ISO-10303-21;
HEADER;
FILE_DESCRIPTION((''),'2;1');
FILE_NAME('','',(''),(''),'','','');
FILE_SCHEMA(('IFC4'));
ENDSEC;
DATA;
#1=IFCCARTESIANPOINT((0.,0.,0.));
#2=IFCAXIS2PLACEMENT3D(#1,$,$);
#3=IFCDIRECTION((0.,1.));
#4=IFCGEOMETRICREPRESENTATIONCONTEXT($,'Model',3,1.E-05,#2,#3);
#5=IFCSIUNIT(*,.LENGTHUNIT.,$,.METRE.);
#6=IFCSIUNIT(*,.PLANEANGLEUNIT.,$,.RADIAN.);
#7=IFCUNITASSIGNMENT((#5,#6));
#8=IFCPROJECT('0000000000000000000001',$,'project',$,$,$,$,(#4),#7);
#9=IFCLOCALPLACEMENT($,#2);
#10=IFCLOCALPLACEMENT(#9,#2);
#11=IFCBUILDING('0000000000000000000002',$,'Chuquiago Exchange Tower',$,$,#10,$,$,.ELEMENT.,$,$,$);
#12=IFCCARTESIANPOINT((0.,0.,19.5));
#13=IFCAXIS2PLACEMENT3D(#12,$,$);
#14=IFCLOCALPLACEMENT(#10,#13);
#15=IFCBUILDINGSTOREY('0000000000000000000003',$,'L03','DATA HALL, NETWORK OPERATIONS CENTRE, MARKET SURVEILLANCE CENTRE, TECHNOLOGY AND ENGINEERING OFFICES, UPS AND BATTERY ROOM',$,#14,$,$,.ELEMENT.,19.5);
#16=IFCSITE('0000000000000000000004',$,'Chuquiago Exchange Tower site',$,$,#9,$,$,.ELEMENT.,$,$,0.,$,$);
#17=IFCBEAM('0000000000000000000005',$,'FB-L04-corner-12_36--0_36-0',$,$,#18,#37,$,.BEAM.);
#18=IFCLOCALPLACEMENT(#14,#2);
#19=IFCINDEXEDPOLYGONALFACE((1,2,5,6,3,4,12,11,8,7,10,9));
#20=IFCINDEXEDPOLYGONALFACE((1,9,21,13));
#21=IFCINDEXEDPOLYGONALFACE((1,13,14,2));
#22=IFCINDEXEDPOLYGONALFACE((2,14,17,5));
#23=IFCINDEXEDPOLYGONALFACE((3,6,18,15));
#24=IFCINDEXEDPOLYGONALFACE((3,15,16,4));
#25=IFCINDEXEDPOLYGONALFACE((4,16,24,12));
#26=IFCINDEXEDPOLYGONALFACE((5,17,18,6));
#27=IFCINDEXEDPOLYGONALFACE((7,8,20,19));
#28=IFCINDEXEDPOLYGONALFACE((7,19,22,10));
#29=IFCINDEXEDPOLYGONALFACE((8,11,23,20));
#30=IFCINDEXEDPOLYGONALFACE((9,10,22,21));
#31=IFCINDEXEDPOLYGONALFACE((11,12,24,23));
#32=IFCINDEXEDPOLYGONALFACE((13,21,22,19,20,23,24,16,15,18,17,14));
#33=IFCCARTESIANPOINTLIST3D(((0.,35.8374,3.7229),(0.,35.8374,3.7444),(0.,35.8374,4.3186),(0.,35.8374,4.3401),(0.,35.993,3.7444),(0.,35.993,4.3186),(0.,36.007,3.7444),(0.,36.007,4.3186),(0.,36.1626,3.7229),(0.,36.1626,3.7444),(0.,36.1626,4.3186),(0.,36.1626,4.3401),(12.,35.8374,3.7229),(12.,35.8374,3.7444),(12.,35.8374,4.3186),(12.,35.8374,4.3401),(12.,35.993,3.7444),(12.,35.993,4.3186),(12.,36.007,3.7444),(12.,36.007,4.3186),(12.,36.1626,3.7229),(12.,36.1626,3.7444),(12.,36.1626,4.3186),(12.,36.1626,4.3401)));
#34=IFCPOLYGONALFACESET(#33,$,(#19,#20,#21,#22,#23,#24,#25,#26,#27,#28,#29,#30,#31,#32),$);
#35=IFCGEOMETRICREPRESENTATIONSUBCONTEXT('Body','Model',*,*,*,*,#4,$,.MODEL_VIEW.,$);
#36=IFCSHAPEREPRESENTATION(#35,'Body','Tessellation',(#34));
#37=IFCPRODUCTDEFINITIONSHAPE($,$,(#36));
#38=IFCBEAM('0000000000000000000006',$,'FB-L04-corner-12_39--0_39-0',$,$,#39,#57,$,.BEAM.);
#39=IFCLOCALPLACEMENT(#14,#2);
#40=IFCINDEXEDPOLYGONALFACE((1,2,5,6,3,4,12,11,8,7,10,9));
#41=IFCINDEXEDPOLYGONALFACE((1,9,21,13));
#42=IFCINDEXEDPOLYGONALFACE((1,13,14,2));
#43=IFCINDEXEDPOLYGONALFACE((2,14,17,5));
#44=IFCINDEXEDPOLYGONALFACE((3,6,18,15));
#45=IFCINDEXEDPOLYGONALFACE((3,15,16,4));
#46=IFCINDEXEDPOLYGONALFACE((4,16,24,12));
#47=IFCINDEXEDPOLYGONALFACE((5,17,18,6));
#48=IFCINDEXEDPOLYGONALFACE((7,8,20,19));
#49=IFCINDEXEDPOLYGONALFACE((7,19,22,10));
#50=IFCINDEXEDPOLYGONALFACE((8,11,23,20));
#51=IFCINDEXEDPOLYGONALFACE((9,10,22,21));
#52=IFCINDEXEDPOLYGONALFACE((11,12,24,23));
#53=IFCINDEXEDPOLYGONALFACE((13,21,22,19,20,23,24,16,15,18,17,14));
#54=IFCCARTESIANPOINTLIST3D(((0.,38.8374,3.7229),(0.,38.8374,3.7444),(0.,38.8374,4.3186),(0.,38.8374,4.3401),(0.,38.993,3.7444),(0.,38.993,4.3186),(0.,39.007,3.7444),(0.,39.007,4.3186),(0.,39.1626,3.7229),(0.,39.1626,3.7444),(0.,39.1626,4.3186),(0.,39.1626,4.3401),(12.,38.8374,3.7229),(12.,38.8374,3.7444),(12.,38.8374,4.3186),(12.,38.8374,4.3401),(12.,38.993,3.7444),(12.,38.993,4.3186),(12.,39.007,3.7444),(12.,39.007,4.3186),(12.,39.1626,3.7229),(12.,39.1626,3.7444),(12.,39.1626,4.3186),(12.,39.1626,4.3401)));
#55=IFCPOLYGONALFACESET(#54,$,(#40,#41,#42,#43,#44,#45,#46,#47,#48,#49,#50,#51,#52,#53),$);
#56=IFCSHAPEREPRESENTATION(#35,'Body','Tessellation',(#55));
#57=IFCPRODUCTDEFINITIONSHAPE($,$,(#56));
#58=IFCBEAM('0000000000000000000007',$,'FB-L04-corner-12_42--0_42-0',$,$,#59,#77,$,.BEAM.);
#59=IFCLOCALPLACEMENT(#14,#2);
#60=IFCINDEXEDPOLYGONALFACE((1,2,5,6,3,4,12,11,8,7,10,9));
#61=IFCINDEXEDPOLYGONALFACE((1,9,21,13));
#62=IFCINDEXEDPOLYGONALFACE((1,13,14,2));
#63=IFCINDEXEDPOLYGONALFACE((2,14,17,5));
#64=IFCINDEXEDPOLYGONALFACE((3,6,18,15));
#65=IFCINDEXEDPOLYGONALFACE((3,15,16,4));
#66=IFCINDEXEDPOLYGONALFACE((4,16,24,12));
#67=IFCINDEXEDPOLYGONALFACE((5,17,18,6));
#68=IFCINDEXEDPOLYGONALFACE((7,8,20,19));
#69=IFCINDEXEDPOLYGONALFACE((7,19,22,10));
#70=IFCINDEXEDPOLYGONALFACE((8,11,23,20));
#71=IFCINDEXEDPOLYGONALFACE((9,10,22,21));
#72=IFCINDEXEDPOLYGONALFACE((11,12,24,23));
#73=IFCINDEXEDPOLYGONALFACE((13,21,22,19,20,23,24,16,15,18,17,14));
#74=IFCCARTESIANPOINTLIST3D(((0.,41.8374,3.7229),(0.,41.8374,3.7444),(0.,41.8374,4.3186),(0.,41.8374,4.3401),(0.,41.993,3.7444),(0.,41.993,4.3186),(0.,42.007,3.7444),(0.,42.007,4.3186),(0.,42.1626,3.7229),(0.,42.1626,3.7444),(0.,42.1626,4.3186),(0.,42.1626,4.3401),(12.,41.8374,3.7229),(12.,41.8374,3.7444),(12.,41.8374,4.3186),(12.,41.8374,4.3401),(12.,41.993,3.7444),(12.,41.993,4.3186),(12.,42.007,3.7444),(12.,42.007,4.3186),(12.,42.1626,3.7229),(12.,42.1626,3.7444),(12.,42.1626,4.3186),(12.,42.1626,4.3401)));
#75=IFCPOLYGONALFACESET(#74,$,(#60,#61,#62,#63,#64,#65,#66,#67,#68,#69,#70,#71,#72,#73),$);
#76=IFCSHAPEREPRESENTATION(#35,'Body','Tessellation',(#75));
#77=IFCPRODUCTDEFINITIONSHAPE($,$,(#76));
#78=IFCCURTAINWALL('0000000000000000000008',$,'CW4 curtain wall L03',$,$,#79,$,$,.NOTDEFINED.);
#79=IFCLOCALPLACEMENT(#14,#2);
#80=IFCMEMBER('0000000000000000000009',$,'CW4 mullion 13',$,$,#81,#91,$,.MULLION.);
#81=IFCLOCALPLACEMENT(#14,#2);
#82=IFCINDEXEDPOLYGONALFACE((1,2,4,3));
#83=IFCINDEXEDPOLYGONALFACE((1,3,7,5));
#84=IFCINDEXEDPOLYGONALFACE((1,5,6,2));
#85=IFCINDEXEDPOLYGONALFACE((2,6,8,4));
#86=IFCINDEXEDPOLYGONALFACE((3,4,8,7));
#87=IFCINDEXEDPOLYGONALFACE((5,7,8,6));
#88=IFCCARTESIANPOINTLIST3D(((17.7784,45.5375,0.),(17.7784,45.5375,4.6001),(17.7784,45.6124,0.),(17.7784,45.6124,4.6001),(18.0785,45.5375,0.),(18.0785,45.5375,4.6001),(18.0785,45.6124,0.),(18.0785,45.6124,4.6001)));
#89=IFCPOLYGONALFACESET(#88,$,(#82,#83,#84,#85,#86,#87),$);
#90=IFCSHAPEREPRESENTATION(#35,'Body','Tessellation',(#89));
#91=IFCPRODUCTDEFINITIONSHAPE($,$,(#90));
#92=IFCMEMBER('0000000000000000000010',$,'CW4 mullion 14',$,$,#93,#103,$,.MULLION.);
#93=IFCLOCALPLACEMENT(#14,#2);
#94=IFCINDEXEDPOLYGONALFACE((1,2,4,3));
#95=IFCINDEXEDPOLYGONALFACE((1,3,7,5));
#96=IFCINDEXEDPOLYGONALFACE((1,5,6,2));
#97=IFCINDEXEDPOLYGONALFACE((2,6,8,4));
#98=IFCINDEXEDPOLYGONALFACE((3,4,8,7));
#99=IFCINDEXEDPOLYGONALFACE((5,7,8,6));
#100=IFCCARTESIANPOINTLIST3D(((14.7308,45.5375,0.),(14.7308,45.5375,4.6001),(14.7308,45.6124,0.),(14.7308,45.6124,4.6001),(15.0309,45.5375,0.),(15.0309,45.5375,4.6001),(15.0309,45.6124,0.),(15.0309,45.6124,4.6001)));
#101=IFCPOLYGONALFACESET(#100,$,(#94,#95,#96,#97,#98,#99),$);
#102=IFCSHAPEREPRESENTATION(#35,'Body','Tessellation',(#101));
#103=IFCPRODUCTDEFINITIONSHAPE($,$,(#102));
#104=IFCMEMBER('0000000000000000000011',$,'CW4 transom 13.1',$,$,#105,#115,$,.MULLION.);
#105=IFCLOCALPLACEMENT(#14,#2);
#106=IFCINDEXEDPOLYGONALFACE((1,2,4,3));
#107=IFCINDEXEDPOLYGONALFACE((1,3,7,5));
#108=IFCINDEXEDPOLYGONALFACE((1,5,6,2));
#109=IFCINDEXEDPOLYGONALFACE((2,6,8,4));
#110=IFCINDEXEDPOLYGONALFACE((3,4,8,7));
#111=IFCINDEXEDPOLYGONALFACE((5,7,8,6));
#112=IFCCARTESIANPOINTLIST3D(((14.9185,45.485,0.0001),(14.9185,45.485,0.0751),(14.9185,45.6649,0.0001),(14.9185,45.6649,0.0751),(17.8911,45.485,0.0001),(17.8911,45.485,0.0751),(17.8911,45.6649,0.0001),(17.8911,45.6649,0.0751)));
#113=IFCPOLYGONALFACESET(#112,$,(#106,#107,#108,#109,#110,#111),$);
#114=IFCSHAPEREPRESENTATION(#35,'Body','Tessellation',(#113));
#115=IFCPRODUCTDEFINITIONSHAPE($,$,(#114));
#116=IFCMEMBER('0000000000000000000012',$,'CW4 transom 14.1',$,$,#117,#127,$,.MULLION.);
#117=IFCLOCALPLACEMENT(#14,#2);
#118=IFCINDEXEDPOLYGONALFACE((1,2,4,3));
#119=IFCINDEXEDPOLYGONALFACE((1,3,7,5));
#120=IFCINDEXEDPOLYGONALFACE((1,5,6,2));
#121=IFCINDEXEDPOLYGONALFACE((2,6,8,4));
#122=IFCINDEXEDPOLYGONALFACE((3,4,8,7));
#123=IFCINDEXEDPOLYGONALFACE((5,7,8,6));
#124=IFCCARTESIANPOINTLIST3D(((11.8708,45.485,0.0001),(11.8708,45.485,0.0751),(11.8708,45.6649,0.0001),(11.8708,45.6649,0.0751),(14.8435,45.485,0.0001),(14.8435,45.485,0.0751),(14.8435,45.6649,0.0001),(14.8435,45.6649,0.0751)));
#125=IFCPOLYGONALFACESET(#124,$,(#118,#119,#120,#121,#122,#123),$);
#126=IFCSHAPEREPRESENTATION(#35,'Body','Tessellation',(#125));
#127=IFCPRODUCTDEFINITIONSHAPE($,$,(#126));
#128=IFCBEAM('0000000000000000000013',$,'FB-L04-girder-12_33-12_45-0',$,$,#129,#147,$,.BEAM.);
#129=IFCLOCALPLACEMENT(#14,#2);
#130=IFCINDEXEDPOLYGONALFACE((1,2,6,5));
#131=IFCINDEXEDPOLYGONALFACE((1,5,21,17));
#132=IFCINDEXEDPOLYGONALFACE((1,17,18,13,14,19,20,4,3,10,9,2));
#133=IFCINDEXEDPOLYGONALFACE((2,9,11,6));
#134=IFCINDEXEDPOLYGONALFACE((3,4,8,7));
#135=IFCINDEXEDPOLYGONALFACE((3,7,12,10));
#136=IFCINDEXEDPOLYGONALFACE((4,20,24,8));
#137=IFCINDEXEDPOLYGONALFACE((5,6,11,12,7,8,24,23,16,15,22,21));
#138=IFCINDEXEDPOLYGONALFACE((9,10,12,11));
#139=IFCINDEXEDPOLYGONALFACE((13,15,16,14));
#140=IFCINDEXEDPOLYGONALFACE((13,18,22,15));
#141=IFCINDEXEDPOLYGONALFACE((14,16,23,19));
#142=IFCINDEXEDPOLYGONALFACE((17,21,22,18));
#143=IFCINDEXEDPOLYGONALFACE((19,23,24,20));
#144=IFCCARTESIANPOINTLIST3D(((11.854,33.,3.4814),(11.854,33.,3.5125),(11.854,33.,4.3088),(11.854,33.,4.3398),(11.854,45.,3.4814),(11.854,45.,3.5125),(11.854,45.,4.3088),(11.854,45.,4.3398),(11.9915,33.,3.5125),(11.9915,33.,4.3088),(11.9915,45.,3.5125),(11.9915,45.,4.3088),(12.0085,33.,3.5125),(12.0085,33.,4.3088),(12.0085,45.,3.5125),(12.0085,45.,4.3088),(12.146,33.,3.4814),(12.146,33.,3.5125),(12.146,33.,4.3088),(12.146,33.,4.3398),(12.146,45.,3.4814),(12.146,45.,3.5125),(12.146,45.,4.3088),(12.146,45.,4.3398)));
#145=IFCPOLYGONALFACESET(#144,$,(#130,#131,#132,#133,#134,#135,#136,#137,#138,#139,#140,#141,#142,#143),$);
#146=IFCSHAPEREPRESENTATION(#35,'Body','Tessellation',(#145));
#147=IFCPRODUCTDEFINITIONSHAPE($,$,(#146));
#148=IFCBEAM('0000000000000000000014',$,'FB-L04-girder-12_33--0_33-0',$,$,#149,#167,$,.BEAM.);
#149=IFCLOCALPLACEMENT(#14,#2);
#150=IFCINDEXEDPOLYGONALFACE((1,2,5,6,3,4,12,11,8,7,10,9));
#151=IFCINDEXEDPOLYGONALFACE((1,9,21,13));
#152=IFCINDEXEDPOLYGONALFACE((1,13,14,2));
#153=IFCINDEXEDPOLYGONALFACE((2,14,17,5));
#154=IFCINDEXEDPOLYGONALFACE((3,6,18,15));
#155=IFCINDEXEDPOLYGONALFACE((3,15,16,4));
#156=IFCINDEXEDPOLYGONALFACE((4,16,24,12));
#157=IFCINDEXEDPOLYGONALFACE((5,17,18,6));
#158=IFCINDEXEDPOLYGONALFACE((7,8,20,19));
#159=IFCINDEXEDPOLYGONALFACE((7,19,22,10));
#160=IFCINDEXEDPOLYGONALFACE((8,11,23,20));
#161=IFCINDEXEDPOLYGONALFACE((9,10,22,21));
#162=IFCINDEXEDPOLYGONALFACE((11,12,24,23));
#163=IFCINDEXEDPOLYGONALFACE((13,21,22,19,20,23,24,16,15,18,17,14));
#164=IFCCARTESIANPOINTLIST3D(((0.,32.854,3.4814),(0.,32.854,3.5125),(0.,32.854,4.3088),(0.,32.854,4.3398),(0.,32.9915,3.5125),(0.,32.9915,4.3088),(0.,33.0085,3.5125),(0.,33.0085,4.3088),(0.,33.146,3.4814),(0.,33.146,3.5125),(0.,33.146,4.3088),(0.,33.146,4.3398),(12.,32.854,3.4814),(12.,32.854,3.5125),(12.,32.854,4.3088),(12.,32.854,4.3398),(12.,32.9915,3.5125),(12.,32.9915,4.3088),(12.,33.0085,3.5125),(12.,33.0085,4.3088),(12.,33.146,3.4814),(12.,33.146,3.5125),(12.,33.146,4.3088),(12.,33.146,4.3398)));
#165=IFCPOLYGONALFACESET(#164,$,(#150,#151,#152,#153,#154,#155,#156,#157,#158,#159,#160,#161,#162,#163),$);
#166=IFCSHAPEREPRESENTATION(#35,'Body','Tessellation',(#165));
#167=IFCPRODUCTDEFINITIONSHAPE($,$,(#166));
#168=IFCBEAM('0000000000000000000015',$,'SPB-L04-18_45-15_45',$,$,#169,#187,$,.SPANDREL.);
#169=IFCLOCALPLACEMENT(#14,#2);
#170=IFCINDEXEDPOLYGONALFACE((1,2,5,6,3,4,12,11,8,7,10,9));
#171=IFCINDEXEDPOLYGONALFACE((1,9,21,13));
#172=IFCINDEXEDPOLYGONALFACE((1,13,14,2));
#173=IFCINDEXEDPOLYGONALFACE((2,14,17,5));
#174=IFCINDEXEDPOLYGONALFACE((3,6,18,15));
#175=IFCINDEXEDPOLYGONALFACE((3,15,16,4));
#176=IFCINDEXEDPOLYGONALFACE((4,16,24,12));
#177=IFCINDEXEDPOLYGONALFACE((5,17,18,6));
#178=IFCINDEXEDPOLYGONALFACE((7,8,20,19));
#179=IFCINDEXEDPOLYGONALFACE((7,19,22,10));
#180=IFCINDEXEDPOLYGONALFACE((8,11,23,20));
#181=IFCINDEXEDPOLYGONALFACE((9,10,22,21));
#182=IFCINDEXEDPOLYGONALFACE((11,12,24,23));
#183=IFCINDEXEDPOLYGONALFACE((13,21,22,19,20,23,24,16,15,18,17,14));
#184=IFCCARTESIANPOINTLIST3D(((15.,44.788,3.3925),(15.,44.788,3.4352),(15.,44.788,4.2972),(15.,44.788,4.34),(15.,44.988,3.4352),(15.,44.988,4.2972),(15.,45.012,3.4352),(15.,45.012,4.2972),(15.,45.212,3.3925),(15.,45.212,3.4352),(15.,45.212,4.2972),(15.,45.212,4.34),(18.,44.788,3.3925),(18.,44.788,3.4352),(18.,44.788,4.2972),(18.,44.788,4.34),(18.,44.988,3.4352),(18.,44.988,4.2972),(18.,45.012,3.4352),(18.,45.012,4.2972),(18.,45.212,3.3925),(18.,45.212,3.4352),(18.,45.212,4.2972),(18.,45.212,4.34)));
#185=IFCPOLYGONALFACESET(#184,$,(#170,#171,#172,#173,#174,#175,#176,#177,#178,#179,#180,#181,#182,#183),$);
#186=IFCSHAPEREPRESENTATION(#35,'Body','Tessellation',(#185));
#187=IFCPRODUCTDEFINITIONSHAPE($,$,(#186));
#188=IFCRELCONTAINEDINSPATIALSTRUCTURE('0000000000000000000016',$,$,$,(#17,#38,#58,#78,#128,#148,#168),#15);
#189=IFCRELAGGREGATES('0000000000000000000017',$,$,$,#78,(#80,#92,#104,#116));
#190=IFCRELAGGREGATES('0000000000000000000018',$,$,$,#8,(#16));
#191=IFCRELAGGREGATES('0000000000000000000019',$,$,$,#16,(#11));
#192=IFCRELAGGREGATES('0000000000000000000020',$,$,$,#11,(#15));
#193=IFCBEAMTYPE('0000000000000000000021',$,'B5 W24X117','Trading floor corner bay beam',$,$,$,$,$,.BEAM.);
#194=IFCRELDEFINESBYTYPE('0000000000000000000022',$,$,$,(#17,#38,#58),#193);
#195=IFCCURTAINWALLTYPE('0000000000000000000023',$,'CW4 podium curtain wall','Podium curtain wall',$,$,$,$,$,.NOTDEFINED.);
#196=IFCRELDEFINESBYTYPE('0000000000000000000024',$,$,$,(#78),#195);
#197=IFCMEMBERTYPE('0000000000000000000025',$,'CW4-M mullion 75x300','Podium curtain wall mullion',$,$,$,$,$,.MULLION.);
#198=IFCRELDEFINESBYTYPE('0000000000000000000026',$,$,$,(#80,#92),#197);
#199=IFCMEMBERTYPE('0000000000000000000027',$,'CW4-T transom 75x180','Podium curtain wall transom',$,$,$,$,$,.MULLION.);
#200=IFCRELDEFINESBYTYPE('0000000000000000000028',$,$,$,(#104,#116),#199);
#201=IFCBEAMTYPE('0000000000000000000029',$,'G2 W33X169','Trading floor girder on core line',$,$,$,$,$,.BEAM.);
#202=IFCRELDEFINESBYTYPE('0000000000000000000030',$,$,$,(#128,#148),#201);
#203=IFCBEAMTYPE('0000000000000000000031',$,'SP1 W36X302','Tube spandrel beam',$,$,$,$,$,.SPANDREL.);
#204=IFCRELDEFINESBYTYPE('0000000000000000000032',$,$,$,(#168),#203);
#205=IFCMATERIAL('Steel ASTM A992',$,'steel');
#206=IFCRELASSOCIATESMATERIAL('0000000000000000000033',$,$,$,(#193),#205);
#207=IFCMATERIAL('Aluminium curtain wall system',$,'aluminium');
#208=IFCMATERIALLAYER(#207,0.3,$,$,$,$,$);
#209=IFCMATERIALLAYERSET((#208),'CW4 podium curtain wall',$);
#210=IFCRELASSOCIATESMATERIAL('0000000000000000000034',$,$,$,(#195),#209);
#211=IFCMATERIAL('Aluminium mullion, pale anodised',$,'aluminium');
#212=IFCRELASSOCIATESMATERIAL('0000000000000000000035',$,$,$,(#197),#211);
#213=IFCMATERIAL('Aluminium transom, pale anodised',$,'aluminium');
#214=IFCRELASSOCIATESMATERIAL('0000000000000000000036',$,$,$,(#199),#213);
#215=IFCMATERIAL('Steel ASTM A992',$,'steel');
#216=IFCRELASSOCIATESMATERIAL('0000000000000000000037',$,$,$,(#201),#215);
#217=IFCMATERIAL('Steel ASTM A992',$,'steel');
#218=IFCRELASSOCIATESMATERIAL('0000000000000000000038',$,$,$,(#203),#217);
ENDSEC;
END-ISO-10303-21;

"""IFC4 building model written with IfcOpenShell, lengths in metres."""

from ifc_helpers import new_model, si_unit, direction, frame, origin, origin_2d, place, context, subcontext, project, spatial, rectangle, i_section, extrude, material, layer, layer_set, material_profile, profile_set, type_object, element, aggregate, save


model = new_model("IFC4")

# Units and contexts
model_context = context("Model", 3, precision=1e-05, world=origin(), true_north=direction((0.0, 1.0)))
body_context = subcontext(model_context, "Body", "Model", "MODEL_VIEW")
ifc_project = project(units=[si_unit("LENGTHUNIT", "METRE"), si_unit("PLANEANGLEUNIT", "RADIAN")], contexts=[model_context])

# Site, building, storey
site_placement = place(None, origin())
site = spatial("IfcSite", under=ifc_project, at=site_placement, Name="Chuquiago Exchange Tower site", CompositionType="ELEMENT", RefElevation=0.0)
building_placement = place(site_placement, origin())
building = spatial("IfcBuilding", under=site, at=building_placement, Name="Chuquiago Exchange Tower", CompositionType="ELEMENT")
storey_placement = place(building_placement, frame((0.0, 0.0, 19.5)))
storey = spatial("IfcBuildingStorey", under=building, at=storey_placement, Name="L03", Description="DATA HALL, NETWORK OPERATIONS CENTRE, MARKET SURVEILLANCE CENTRE, TECHNOLOGY AND ENGINEERING OFFICES, UPS AND BATTERY ROOM", CompositionType="ELEMENT", Elevation=19.5)

# Beams
ifc_material_1 = material(Name="Steel ASTM A992", Category="steel")
ifc_material_profile_1 = material_profile(ifc_material_1, i_section(OverallWidth=0.3252, OverallDepth=0.6172, WebThickness=0.0139, FlangeThickness=0.0215, at=origin_2d()), Name="W24X117")
ifc_profile_set_1 = profile_set([ifc_material_profile_1], Name="Steel ASTM A992")
beam_type_1 = type_object("IfcBeamType", Name="B5 W24X117", Description="Trading floor corner bay beam", PredefinedType="BEAM", material=ifc_profile_set_1)
for number, where, z_axis, x_axis, name in (
    (1, (12.0, 36.0, 4.0315), (-1.0, 0.0, 0.0), (0.0, -1.0, 0.0), "FB-L04-corner-12_36--0_36-0"),
    (2, (12.0, 39.0, 4.0315), (-1.0, 0.0, 0.0), (0.0, -1.0, 0.0), "FB-L04-corner-12_39--0_39-0"),
    (3, (12.0, 42.0, 4.0315), (-1.0, 0.0, 0.0), (0.0, -1.0, 0.0), "FB-L04-corner-12_42--0_42-0"),
):
    element("IfcBeam", number, at=place(storey_placement, frame(where, z_axis=z_axis, x_axis=x_axis)), inside=storey, type_object=beam_type_1, Name=name, PredefinedType="BEAM", context=body_context, shape_type="SweptSolid", body=[
        extrude(i_section(OverallWidth=0.3252, OverallDepth=0.6172, WebThickness=0.0139, FlangeThickness=0.0215, at=origin_2d()), origin(), (0.0, 0.0, 1.0), 12.0),
    ])

# Curtain wall, members
ifc_material_2 = material(Name="Aluminium curtain wall system", Category="aluminium")
ifc_layer_1 = layer(ifc_material_2, 0.3)
ifc_layer_set_1 = layer_set([ifc_layer_1], Name="CW4 podium curtain wall")
curtain_wall_type = type_object("IfcCurtainWallType", Name="CW4 podium curtain wall", Description="Podium curtain wall", PredefinedType="NOTDEFINED", material=ifc_layer_set_1)
curtain_wall_placement = place(storey_placement, origin())
curtain_wall = element("IfcCurtainWall", 4, at=curtain_wall_placement, inside=storey, type_object=curtain_wall_type, Name="CW4 curtain wall L03", PredefinedType="NOTDEFINED")
ifc_material_3 = material(Name="Aluminium mullion, pale anodised", Category="aluminium")
ifc_material_profile_2 = material_profile(ifc_material_3, rectangle(XDim=0.075, YDim=0.3, at=origin_2d()), Name="AL 75x300")
ifc_profile_set_2 = profile_set([ifc_material_profile_2], Name="Aluminium mullion, pale anodised")
member_type_1 = type_object("IfcMemberType", Name="CW4-M mullion 75x300", Description="Podium curtain wall mullion", PredefinedType="MULLION", material=ifc_profile_set_2)
member_1_placement = place(storey_placement, frame((17.9285, 45.575, 0.0), z_axis=(0.0, 0.0, 1.0), x_axis=(0.0, -1.0, 0.0)))
member_1 = element("IfcMember", 5, at=member_1_placement, type_object=member_type_1, Name="CW4 mullion 13", PredefinedType="MULLION", context=body_context, shape_type="SweptSolid", body=[
    extrude(rectangle(XDim=0.075, YDim=0.3, at=origin_2d()), origin(), (0.0, 0.0, 1.0), 4.6001),
])
member_2_placement = place(storey_placement, frame((14.8809, 45.575, 0.0), z_axis=(0.0, 0.0, 1.0), x_axis=(0.0, -1.0, 0.0)))
member_2 = element("IfcMember", 6, at=member_2_placement, type_object=member_type_1, Name="CW4 mullion 14", PredefinedType="MULLION", context=body_context, shape_type="SweptSolid", body=[
    extrude(rectangle(XDim=0.075, YDim=0.3, at=origin_2d()), origin(), (0.0, 0.0, 1.0), 4.6001),
])
ifc_material_4 = material(Name="Aluminium transom, pale anodised", Category="aluminium")
ifc_material_profile_3 = material_profile(ifc_material_4, rectangle(XDim=0.1799, YDim=0.075, at=origin_2d()), Name="AL 180x75")
ifc_profile_set_3 = profile_set([ifc_material_profile_3], Name="Aluminium transom, pale anodised")
member_type_2 = type_object("IfcMemberType", Name="CW4-T transom 75x180", Description="Podium curtain wall transom", PredefinedType="MULLION", material=ifc_profile_set_3)
member_3_placement = place(storey_placement, frame((17.8911, 45.575, 0.0376), z_axis=(-1.0, 0.0, 0.0), x_axis=(0.0, -1.0, 0.0)))
member_3 = element("IfcMember", 7, at=member_3_placement, type_object=member_type_2, Name="CW4 transom 13.1", PredefinedType="MULLION", context=body_context, shape_type="SweptSolid", body=[
    extrude(rectangle(XDim=0.1799, YDim=0.075, at=origin_2d()), origin(), (0.0, 0.0, 1.0), 2.9727),
])
member_4_placement = place(storey_placement, frame((14.8435, 45.575, 0.0376), z_axis=(-1.0, 0.0, 0.0), x_axis=(0.0, -1.0, 0.0)))
member_4 = element("IfcMember", 8, at=member_4_placement, type_object=member_type_2, Name="CW4 transom 14.1", PredefinedType="MULLION", context=body_context, shape_type="SweptSolid", body=[
    extrude(rectangle(XDim=0.1799, YDim=0.075, at=origin_2d()), origin(), (0.0, 0.0, 1.0), 2.9727),
])

# Beams
ifc_material_5 = material(Name="Steel ASTM A992", Category="steel")
ifc_material_profile_4 = material_profile(ifc_material_5, i_section(OverallWidth=0.292, OverallDepth=0.8584, WebThickness=0.0171, FlangeThickness=0.031, at=origin_2d()), Name="W33X169")
ifc_profile_set_4 = profile_set([ifc_material_profile_4], Name="Steel ASTM A992")
beam_type_2 = type_object("IfcBeamType", Name="G2 W33X169", Description="Trading floor girder on core line", PredefinedType="BEAM", material=ifc_profile_set_4)
for number, where, z_axis, x_axis, name in (
    (9, (12.0, 33.0, 3.9106), (0.0, 1.0, 0.0), (-1.0, 0.0, 0.0), "FB-L04-girder-12_33-12_45-0"),
    (10, (12.0, 33.0, 3.9106), (-1.0, 0.0, 0.0), (0.0, -1.0, 0.0), "FB-L04-girder-12_33--0_33-0"),
):
    element("IfcBeam", number, at=place(storey_placement, frame(where, z_axis=z_axis, x_axis=x_axis)), inside=storey, type_object=beam_type_2, Name=name, PredefinedType="BEAM", context=body_context, shape_type="SweptSolid", body=[
        extrude(i_section(OverallWidth=0.292, OverallDepth=0.8584, WebThickness=0.0171, FlangeThickness=0.031, at=origin_2d()), origin(), (0.0, 0.0, 1.0), 12.0),
    ])
ifc_material_6 = material(Name="Steel ASTM A992", Category="steel")
ifc_material_profile_5 = material_profile(ifc_material_6, i_section(OverallWidth=0.4241, OverallDepth=0.9475, WebThickness=0.0239, FlangeThickness=0.0427, at=origin_2d()), Name="W36X302")
ifc_profile_set_5 = profile_set([ifc_material_profile_5], Name="Steel ASTM A992")
beam_type_3 = type_object("IfcBeamType", Name="SP1 W36X302", Description="Tube spandrel beam", PredefinedType="SPANDREL", material=ifc_profile_set_5)
for number, where, z_axis, x_axis, name in (
    (11, (18.0, 45.0, 3.8662), (-1.0, 0.0, 0.0), (0.0, -1.0, 0.0), "SPB-L04-18_45-15_45"),
):
    element("IfcBeam", number, at=place(storey_placement, frame(where, z_axis=z_axis, x_axis=x_axis)), inside=storey, type_object=beam_type_3, Name=name, PredefinedType="SPANDREL", context=body_context, shape_type="SweptSolid", body=[
        extrude(i_section(OverallWidth=0.4241, OverallDepth=0.9475, WebThickness=0.0239, FlangeThickness=0.0427, at=origin_2d()), origin(), (0.0, 0.0, 1.0), 3.0),
    ])

aggregate(curtain_wall, [member_1, member_2, member_3, member_4])

save(model, "model.ifc")
